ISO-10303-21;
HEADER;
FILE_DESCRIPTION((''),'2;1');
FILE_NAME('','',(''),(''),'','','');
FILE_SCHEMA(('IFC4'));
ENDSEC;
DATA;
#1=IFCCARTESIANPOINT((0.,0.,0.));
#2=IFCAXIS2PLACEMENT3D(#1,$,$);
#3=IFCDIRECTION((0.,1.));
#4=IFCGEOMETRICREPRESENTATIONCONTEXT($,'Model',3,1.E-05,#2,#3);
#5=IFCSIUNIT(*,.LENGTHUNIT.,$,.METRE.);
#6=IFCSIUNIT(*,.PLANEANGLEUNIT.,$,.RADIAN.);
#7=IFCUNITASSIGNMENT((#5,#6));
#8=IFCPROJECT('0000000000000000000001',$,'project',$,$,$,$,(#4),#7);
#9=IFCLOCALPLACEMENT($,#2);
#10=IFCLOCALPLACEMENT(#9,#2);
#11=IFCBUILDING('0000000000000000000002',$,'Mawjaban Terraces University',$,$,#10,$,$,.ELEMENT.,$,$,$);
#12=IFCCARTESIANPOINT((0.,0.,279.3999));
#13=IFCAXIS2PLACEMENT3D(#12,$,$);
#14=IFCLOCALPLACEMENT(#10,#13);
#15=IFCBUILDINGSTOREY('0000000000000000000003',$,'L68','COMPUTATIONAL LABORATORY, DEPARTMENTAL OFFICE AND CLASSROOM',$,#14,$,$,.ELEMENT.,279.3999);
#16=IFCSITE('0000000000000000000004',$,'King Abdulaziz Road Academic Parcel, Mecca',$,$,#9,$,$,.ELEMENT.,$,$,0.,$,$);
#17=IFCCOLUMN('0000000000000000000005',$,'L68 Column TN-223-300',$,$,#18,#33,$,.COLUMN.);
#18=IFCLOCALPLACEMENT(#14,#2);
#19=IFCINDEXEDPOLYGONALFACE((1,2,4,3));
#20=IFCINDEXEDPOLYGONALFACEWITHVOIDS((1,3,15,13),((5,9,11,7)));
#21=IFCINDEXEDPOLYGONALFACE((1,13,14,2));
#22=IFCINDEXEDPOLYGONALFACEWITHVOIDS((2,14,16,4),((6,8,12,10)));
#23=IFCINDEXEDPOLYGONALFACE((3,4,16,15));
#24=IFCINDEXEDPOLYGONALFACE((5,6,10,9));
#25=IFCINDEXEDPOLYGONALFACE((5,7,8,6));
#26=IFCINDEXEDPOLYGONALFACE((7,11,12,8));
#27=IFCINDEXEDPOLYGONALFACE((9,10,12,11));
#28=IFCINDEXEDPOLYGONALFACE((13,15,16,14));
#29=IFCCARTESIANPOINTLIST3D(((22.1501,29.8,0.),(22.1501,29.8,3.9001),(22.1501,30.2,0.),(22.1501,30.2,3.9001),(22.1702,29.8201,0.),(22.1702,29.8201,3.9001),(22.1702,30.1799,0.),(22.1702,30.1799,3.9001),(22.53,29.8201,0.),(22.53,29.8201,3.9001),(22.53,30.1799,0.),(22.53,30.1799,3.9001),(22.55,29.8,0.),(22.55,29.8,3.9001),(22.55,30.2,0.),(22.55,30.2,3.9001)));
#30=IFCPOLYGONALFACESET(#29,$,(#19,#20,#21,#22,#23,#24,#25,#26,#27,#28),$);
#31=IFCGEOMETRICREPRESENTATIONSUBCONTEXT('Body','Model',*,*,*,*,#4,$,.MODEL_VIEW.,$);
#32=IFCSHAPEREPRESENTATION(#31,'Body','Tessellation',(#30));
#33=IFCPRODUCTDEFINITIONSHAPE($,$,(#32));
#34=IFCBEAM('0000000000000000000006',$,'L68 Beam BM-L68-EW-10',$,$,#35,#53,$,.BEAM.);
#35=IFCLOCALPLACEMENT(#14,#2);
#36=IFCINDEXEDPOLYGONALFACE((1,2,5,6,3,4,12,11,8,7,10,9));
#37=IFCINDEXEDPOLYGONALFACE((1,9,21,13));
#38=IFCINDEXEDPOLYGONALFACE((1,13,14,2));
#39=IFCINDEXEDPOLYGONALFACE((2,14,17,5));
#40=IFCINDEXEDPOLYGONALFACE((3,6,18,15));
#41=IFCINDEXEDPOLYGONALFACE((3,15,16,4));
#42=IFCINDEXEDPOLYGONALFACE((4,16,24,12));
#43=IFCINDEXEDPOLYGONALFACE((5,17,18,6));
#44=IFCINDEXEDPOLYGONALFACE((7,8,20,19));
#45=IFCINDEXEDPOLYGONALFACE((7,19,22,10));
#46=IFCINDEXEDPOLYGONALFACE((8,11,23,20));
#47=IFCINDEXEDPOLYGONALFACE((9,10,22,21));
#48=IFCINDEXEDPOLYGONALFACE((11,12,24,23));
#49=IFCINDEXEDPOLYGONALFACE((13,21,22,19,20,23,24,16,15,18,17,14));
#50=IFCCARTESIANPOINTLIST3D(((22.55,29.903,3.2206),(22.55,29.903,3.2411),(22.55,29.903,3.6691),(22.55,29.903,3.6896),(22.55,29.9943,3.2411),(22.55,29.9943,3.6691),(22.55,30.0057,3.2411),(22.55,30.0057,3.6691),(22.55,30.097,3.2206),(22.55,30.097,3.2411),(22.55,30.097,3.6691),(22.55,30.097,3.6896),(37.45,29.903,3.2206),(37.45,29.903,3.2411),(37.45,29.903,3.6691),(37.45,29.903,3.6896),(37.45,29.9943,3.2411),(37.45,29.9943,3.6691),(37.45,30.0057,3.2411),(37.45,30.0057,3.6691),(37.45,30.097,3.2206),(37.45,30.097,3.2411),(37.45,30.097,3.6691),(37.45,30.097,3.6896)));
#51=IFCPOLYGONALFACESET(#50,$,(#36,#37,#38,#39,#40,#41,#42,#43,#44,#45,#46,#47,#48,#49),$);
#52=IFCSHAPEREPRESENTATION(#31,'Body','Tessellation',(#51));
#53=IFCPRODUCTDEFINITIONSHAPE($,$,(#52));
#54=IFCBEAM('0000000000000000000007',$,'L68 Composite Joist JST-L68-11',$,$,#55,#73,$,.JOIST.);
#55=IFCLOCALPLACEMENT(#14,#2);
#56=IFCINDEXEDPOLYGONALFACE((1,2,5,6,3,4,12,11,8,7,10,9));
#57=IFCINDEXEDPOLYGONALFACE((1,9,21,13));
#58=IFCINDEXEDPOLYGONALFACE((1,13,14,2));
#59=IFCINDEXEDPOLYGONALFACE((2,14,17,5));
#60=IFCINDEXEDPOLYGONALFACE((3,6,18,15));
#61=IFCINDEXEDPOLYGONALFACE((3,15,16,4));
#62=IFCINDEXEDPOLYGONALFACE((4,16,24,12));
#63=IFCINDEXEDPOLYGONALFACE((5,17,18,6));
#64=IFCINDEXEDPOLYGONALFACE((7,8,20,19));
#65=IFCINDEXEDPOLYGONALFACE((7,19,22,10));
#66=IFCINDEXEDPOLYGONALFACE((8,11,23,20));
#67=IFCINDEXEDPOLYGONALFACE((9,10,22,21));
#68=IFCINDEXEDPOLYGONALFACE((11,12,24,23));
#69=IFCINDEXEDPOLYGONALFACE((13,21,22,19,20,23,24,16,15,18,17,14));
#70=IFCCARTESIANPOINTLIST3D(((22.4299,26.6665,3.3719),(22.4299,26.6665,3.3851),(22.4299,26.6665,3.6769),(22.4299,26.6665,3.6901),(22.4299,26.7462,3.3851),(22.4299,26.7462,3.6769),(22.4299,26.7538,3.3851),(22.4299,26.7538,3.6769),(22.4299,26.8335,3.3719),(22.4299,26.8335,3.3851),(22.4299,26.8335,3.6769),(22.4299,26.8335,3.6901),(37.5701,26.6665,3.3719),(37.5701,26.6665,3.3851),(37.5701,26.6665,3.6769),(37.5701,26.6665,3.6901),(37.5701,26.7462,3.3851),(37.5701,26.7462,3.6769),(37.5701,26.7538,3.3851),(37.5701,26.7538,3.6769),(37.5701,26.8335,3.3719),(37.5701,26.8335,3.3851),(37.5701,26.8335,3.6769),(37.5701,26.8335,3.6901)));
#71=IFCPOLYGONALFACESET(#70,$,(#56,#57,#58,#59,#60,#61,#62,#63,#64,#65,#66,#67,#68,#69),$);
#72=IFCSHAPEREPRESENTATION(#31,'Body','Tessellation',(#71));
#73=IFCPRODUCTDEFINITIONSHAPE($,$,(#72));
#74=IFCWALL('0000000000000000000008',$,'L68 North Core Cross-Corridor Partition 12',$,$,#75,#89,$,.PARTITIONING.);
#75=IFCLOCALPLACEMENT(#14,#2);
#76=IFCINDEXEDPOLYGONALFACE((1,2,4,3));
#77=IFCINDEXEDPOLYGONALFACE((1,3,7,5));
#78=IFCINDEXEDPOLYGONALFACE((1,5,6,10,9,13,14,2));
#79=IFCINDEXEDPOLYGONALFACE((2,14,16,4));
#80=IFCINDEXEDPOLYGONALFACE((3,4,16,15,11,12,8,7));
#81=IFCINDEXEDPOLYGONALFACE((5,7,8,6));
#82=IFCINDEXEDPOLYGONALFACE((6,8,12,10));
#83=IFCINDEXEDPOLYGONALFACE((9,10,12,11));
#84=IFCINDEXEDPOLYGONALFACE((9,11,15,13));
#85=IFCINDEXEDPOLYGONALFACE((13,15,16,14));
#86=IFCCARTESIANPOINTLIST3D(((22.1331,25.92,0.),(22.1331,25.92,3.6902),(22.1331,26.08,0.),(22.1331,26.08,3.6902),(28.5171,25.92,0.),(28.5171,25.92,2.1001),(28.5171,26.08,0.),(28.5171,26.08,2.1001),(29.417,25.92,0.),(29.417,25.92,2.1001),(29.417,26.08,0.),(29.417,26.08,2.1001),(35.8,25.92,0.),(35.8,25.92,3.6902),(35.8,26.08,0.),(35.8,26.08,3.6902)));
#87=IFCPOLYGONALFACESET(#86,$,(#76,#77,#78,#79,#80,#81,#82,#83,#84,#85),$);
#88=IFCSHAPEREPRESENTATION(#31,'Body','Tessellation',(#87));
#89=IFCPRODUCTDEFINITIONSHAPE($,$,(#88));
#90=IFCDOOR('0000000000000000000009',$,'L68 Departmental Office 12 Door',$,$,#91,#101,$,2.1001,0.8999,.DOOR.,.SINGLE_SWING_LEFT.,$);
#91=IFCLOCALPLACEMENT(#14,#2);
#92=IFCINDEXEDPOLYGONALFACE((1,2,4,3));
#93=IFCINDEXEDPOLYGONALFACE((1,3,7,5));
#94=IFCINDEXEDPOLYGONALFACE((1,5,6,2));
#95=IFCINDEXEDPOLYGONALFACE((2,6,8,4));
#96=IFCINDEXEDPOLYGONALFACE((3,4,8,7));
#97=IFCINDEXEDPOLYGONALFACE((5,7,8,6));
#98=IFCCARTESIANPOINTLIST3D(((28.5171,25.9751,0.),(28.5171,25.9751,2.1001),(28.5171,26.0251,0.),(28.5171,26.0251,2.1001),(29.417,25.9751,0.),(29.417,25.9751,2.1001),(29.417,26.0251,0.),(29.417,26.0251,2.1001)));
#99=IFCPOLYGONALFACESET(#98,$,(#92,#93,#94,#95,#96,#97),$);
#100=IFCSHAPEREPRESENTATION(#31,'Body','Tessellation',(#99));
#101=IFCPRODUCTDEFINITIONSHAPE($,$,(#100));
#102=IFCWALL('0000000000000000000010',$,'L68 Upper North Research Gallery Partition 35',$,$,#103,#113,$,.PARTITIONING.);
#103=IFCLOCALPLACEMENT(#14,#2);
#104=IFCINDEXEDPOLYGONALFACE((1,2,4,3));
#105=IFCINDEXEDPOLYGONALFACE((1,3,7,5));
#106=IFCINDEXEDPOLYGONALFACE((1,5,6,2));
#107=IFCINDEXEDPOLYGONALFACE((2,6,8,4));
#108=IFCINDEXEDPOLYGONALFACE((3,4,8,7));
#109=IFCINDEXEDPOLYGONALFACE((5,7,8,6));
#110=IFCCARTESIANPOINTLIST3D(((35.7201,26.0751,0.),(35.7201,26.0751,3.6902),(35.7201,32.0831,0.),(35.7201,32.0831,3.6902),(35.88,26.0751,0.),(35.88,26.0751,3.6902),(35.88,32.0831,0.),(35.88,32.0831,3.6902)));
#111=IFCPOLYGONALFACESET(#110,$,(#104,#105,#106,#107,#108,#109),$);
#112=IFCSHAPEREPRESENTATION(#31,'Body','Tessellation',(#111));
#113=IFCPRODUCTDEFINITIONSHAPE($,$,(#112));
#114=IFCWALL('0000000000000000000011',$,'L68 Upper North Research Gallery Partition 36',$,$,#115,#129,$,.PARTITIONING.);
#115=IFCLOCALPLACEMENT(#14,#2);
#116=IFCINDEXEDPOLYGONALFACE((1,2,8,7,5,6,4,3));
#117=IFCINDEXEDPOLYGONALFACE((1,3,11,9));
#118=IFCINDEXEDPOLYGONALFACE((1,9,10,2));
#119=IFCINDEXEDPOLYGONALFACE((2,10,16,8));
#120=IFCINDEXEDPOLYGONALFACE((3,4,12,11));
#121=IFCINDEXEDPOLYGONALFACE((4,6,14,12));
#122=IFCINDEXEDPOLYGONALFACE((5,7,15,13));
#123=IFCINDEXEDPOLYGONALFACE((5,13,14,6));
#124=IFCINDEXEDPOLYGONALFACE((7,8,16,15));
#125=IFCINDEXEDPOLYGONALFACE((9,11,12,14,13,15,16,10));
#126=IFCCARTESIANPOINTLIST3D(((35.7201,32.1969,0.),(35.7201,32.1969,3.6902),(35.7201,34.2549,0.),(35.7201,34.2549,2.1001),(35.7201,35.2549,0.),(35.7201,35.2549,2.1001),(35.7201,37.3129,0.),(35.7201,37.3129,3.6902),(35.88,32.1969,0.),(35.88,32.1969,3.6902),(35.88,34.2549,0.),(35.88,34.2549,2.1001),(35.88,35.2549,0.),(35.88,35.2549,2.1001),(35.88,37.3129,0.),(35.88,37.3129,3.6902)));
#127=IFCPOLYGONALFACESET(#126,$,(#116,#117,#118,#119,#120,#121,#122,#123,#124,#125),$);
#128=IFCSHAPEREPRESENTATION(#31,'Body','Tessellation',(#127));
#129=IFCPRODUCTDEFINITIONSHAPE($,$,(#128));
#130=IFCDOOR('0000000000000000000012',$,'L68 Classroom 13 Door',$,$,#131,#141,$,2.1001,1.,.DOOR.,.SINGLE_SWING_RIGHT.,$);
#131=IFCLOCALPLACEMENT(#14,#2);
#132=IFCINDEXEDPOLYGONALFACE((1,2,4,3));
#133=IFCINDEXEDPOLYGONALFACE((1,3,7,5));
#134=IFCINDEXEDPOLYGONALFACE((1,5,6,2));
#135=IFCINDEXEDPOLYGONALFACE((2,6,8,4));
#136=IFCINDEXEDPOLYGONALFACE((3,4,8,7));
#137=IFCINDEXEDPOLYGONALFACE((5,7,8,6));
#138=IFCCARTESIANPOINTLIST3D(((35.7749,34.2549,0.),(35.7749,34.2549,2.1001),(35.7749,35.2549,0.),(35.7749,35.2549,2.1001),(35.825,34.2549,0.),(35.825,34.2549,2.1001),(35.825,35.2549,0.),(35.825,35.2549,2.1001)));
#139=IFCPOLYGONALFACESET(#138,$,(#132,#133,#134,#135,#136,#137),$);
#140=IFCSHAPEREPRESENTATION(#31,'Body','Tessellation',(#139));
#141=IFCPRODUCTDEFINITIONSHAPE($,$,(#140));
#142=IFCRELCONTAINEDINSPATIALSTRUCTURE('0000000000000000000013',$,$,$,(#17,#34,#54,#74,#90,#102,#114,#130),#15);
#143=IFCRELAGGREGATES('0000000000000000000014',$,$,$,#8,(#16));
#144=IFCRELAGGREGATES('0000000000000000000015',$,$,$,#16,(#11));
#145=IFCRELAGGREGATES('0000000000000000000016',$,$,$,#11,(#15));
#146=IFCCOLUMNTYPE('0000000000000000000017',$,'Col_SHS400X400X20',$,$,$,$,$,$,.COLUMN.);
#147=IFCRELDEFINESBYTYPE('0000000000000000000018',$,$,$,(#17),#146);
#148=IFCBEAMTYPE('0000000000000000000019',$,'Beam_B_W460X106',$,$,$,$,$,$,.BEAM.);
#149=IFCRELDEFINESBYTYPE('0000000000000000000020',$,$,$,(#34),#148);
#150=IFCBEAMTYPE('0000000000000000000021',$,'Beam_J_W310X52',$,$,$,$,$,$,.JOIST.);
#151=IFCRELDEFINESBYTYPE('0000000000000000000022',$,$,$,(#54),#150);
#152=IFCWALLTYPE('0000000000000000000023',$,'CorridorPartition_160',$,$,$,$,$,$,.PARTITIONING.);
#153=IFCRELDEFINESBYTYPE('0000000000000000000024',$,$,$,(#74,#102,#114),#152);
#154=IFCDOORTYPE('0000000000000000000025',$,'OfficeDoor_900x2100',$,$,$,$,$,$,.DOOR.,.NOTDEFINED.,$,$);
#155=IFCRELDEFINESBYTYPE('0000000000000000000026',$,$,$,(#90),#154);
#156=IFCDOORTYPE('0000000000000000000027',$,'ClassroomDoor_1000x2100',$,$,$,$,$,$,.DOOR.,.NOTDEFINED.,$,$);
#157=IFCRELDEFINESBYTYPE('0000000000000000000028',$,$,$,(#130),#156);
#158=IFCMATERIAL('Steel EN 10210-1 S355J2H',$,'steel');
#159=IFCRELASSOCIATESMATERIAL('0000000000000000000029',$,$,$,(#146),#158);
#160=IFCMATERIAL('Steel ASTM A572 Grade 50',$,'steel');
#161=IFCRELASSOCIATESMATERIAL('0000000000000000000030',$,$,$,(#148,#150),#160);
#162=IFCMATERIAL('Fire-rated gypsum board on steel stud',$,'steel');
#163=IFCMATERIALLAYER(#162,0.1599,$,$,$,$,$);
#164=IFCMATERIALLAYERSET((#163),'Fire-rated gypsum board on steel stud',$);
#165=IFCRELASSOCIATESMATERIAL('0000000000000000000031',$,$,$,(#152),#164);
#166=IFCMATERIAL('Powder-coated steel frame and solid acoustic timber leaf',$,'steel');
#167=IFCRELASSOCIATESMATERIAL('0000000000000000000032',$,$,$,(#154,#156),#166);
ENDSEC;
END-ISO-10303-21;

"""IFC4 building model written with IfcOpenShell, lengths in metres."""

from ifc_helpers import new_model, si_unit, direction, frame, frame_2d, origin, origin_2d, place, context, subcontext, project, spatial, rectangle, hollow_rectangle, i_section, extrude, material, layer, layer_set, material_profile, profile_set, type_object, element, fill, save


model = new_model("IFC4")

# Units and contexts
model_context = context("Model", 3, precision=1e-05, world=origin(), true_north=direction((0.0, 1.0)))
body_context = subcontext(model_context, "Body", "Model", "MODEL_VIEW")
ifc_project = project(units=[si_unit("LENGTHUNIT", "METRE"), si_unit("PLANEANGLEUNIT", "RADIAN")], contexts=[model_context])

# Site, building, storey
site_placement = place(None, origin())
site = spatial("IfcSite", under=ifc_project, at=site_placement, Name="King Abdulaziz Road Academic Parcel, Mecca", CompositionType="ELEMENT", RefElevation=0.0)
building_placement = place(site_placement, origin())
building = spatial("IfcBuilding", under=site, at=building_placement, Name="Mawjaban Terraces University", CompositionType="ELEMENT")
storey_placement = place(building_placement, frame((0.0, 0.0, 279.3999)))
storey = spatial("IfcBuildingStorey", under=building, at=storey_placement, Name="L68", Description="COMPUTATIONAL LABORATORY, DEPARTMENTAL OFFICE AND CLASSROOM", CompositionType="ELEMENT", Elevation=279.3999)

# Column
ifc_material_1 = material(Name="Steel EN 10210-1 S355J2H", Category="steel")
ifc_material_profile_1 = material_profile(ifc_material_1, hollow_rectangle(XDim=0.3999, YDim=0.3999, WallThickness=0.02, at=origin_2d()), Name="SHS400X400X20")
ifc_profile_set_1 = profile_set([ifc_material_profile_1], Name="Steel EN 10210-1 S355J2H")
column_type = type_object("IfcColumnType", Name="Col_SHS400X400X20", PredefinedType="COLUMN", material=ifc_profile_set_1)
column_placement = place(storey_placement, frame((22.3501, 30.0, 0.0), z_axis=(0.0, 0.0, 1.0), x_axis=(1.0, 0.0, 0.0)))
element("IfcColumn", 1, at=column_placement, inside=storey, type_object=column_type, Name="L68 Column TN-223-300", PredefinedType="COLUMN", context=body_context, shape_type="SweptSolid", body=[
    extrude(hollow_rectangle(XDim=0.3999, YDim=0.3999, WallThickness=0.02, at=origin_2d()), origin(), (0.0, 0.0, 1.0), 3.9001),
])

# Beams
ifc_material_2 = material(Name="Steel ASTM A572 Grade 50", Category="steel")
ifc_material_profile_2 = material_profile(ifc_material_2, i_section(OverallWidth=0.1941, OverallDepth=0.469, WebThickness=0.0115, FlangeThickness=0.0205, at=origin_2d()), Name="W460X106")
ifc_profile_set_2 = profile_set([ifc_material_profile_2], Name="Steel ASTM A572 Grade 50")
beam_type_1 = type_object("IfcBeamType", Name="Beam_B_W460X106", PredefinedType="BEAM", material=ifc_profile_set_2)
beam_1_placement = place(storey_placement, frame((22.55, 30.0, 3.4551), z_axis=(1.0, 0.0, 0.0), x_axis=(0.0, 1.0, 0.0)))
element("IfcBeam", 2, at=beam_1_placement, inside=storey, type_object=beam_type_1, Name="L68 Beam BM-L68-EW-10", PredefinedType="BEAM", context=body_context, shape_type="SweptSolid", body=[
    extrude(i_section(OverallWidth=0.1941, OverallDepth=0.469, WebThickness=0.0115, FlangeThickness=0.0205, at=origin_2d()), origin(), (0.0, 0.0, 1.0), 14.8999),
])
ifc_material_profile_3 = material_profile(ifc_material_2, i_section(OverallWidth=0.167, OverallDepth=0.3181, WebThickness=0.0076, FlangeThickness=0.0132, at=origin_2d()), Name="W310X52")
ifc_profile_set_3 = profile_set([ifc_material_profile_3], Name="Steel ASTM A572 Grade 50")
beam_type_2 = type_object("IfcBeamType", Name="Beam_J_W310X52", PredefinedType="JOIST", material=ifc_profile_set_3)
beam_2_placement = place(storey_placement, frame((22.4299, 26.75, 3.531), z_axis=(1.0, 0.0, 0.0), x_axis=(0.0, 1.0, 0.0)))
element("IfcBeam", 3, at=beam_2_placement, inside=storey, type_object=beam_type_2, Name="L68 Composite Joist JST-L68-11", PredefinedType="JOIST", context=body_context, shape_type="SweptSolid", body=[
    extrude(i_section(OverallWidth=0.167, OverallDepth=0.3181, WebThickness=0.0076, FlangeThickness=0.0132, at=origin_2d()), origin(), (0.0, 0.0, 1.0), 15.1401),
])

# Wall, opening, door
ifc_material_3 = material(Name="Fire-rated gypsum board on steel stud", Category="steel")
ifc_layer_1 = layer(ifc_material_3, 0.1599)
ifc_layer_set_1 = layer_set([ifc_layer_1], Name="Fire-rated gypsum board on steel stud")
wall_type_1 = type_object("IfcWallType", Name="CorridorPartition_160", PredefinedType="PARTITIONING", material=ifc_layer_set_1)
wall_1_placement = place(storey_placement, frame((35.8, 26.0, 0.0), z_axis=(0.0, 0.0, 1.0), x_axis=(-1.0, 0.0, 0.0)))
wall_1 = element("IfcWall", 4, at=wall_1_placement, inside=storey, type_object=wall_type_1, Name="L68 North Core Cross-Corridor Partition 12", PredefinedType="PARTITIONING", context=body_context, shape_type="SweptSolid", body=[
    extrude(rectangle(XDim=13.667, YDim=0.1599, at=frame_2d((6.8335, 0.0))), origin(), (0.0, 0.0, 1.0), 3.6902),
])
opening_1_placement = place(wall_1_placement, frame((6.3831, 0.0, 0.0)))
opening_1 = element("IfcOpeningElement", 5, at=opening_1_placement, cuts=wall_1, PredefinedType="OPENING", context=body_context, shape_type="SweptSolid", body=[
    extrude(rectangle(XDim=0.8999, YDim=2.1001, at=frame_2d((0.45, 1.05))), frame((0.0, 0.0898, 0.0), z_axis=(0.0, -1.0, 0.0), x_axis=(1.0, 0.0, 0.0)), (0.0, 0.0, 1.0), 0.1799),
])
ifc_material_4 = material(Name="Powder-coated steel frame and solid acoustic timber leaf", Category="steel")
door_type_1 = type_object("IfcDoorType", Name="OfficeDoor_900x2100", OperationType="NOTDEFINED", PredefinedType="DOOR", material=ifc_material_4)
door_1_placement = place(opening_1_placement, origin())
door_1 = element("IfcDoor", 6, at=door_1_placement, inside=storey, type_object=door_type_1, Name="L68 Departmental Office 12 Door", OperationType="SINGLE_SWING_LEFT", OverallHeight=2.1001, OverallWidth=0.8999, PredefinedType="DOOR", context=body_context, shape_type="SweptSolid", body=[
    extrude(rectangle(XDim=0.8999, YDim=2.1001, at=frame_2d((0.45, 1.05))), frame((0.0, 0.0249, 0.0), z_axis=(0.0, -1.0, 0.0), x_axis=(1.0, 0.0, 0.0)), (0.0, 0.0, 1.0), 0.05),
])
fill(opening_1, door_1)

# Wall
wall_2_placement = place(storey_placement, frame((35.8, 32.083, 0.0), z_axis=(0.0, 0.0, 1.0), x_axis=(0.0, -1.0, 0.0)))
element("IfcWall", 7, at=wall_2_placement, inside=storey, type_object=wall_type_1, Name="L68 Upper North Research Gallery Partition 35", PredefinedType="PARTITIONING", context=body_context, shape_type="SweptSolid", body=[
    extrude(rectangle(XDim=6.0081, YDim=0.1599, at=frame_2d((3.0039, 0.0))), origin(), (0.0, 0.0, 1.0), 3.6902),
])

# Wall, opening, door
wall_3_placement = place(storey_placement, frame((35.8, 37.313, 0.0), z_axis=(0.0, 0.0, 1.0), x_axis=(0.0, -1.0, 0.0)))
wall_3 = element("IfcWall", 8, at=wall_3_placement, inside=storey, type_object=wall_type_1, Name="L68 Upper North Research Gallery Partition 36", PredefinedType="PARTITIONING", context=body_context, shape_type="SweptSolid", body=[
    extrude(rectangle(XDim=5.116, YDim=0.1599, at=frame_2d((2.5581, 0.0))), origin(), (0.0, 0.0, 1.0), 3.6902),
])
opening_2_placement = place(wall_3_placement, frame((2.0581, 0.0, 0.0)))
opening_2 = element("IfcOpeningElement", 9, at=opening_2_placement, cuts=wall_3, PredefinedType="OPENING", context=body_context, shape_type="SweptSolid", body=[
    extrude(rectangle(XDim=1.0, YDim=2.1001, at=frame_2d((0.5, 1.05))), frame((0.0, 0.0898, 0.0), z_axis=(0.0, -1.0, 0.0), x_axis=(1.0, 0.0, 0.0)), (0.0, 0.0, 1.0), 0.1799),
])
door_type_2 = type_object("IfcDoorType", Name="ClassroomDoor_1000x2100", OperationType="NOTDEFINED", PredefinedType="DOOR", material=ifc_material_4)
door_2_placement = place(opening_2_placement, origin())
door_2 = element("IfcDoor", 10, at=door_2_placement, inside=storey, type_object=door_type_2, Name="L68 Classroom 13 Door", OperationType="SINGLE_SWING_RIGHT", OverallHeight=2.1001, OverallWidth=1.0, PredefinedType="DOOR", context=body_context, shape_type="SweptSolid", body=[
    extrude(rectangle(XDim=1.0, YDim=2.1001, at=frame_2d((0.5, 1.05))), frame((0.0, 0.0249, 0.0), z_axis=(0.0, -1.0, 0.0), x_axis=(1.0, 0.0, 0.0)), (0.0, 0.0, 1.0), 0.05),
])
fill(opening_2, door_2)

save(model, "model.ifc")
